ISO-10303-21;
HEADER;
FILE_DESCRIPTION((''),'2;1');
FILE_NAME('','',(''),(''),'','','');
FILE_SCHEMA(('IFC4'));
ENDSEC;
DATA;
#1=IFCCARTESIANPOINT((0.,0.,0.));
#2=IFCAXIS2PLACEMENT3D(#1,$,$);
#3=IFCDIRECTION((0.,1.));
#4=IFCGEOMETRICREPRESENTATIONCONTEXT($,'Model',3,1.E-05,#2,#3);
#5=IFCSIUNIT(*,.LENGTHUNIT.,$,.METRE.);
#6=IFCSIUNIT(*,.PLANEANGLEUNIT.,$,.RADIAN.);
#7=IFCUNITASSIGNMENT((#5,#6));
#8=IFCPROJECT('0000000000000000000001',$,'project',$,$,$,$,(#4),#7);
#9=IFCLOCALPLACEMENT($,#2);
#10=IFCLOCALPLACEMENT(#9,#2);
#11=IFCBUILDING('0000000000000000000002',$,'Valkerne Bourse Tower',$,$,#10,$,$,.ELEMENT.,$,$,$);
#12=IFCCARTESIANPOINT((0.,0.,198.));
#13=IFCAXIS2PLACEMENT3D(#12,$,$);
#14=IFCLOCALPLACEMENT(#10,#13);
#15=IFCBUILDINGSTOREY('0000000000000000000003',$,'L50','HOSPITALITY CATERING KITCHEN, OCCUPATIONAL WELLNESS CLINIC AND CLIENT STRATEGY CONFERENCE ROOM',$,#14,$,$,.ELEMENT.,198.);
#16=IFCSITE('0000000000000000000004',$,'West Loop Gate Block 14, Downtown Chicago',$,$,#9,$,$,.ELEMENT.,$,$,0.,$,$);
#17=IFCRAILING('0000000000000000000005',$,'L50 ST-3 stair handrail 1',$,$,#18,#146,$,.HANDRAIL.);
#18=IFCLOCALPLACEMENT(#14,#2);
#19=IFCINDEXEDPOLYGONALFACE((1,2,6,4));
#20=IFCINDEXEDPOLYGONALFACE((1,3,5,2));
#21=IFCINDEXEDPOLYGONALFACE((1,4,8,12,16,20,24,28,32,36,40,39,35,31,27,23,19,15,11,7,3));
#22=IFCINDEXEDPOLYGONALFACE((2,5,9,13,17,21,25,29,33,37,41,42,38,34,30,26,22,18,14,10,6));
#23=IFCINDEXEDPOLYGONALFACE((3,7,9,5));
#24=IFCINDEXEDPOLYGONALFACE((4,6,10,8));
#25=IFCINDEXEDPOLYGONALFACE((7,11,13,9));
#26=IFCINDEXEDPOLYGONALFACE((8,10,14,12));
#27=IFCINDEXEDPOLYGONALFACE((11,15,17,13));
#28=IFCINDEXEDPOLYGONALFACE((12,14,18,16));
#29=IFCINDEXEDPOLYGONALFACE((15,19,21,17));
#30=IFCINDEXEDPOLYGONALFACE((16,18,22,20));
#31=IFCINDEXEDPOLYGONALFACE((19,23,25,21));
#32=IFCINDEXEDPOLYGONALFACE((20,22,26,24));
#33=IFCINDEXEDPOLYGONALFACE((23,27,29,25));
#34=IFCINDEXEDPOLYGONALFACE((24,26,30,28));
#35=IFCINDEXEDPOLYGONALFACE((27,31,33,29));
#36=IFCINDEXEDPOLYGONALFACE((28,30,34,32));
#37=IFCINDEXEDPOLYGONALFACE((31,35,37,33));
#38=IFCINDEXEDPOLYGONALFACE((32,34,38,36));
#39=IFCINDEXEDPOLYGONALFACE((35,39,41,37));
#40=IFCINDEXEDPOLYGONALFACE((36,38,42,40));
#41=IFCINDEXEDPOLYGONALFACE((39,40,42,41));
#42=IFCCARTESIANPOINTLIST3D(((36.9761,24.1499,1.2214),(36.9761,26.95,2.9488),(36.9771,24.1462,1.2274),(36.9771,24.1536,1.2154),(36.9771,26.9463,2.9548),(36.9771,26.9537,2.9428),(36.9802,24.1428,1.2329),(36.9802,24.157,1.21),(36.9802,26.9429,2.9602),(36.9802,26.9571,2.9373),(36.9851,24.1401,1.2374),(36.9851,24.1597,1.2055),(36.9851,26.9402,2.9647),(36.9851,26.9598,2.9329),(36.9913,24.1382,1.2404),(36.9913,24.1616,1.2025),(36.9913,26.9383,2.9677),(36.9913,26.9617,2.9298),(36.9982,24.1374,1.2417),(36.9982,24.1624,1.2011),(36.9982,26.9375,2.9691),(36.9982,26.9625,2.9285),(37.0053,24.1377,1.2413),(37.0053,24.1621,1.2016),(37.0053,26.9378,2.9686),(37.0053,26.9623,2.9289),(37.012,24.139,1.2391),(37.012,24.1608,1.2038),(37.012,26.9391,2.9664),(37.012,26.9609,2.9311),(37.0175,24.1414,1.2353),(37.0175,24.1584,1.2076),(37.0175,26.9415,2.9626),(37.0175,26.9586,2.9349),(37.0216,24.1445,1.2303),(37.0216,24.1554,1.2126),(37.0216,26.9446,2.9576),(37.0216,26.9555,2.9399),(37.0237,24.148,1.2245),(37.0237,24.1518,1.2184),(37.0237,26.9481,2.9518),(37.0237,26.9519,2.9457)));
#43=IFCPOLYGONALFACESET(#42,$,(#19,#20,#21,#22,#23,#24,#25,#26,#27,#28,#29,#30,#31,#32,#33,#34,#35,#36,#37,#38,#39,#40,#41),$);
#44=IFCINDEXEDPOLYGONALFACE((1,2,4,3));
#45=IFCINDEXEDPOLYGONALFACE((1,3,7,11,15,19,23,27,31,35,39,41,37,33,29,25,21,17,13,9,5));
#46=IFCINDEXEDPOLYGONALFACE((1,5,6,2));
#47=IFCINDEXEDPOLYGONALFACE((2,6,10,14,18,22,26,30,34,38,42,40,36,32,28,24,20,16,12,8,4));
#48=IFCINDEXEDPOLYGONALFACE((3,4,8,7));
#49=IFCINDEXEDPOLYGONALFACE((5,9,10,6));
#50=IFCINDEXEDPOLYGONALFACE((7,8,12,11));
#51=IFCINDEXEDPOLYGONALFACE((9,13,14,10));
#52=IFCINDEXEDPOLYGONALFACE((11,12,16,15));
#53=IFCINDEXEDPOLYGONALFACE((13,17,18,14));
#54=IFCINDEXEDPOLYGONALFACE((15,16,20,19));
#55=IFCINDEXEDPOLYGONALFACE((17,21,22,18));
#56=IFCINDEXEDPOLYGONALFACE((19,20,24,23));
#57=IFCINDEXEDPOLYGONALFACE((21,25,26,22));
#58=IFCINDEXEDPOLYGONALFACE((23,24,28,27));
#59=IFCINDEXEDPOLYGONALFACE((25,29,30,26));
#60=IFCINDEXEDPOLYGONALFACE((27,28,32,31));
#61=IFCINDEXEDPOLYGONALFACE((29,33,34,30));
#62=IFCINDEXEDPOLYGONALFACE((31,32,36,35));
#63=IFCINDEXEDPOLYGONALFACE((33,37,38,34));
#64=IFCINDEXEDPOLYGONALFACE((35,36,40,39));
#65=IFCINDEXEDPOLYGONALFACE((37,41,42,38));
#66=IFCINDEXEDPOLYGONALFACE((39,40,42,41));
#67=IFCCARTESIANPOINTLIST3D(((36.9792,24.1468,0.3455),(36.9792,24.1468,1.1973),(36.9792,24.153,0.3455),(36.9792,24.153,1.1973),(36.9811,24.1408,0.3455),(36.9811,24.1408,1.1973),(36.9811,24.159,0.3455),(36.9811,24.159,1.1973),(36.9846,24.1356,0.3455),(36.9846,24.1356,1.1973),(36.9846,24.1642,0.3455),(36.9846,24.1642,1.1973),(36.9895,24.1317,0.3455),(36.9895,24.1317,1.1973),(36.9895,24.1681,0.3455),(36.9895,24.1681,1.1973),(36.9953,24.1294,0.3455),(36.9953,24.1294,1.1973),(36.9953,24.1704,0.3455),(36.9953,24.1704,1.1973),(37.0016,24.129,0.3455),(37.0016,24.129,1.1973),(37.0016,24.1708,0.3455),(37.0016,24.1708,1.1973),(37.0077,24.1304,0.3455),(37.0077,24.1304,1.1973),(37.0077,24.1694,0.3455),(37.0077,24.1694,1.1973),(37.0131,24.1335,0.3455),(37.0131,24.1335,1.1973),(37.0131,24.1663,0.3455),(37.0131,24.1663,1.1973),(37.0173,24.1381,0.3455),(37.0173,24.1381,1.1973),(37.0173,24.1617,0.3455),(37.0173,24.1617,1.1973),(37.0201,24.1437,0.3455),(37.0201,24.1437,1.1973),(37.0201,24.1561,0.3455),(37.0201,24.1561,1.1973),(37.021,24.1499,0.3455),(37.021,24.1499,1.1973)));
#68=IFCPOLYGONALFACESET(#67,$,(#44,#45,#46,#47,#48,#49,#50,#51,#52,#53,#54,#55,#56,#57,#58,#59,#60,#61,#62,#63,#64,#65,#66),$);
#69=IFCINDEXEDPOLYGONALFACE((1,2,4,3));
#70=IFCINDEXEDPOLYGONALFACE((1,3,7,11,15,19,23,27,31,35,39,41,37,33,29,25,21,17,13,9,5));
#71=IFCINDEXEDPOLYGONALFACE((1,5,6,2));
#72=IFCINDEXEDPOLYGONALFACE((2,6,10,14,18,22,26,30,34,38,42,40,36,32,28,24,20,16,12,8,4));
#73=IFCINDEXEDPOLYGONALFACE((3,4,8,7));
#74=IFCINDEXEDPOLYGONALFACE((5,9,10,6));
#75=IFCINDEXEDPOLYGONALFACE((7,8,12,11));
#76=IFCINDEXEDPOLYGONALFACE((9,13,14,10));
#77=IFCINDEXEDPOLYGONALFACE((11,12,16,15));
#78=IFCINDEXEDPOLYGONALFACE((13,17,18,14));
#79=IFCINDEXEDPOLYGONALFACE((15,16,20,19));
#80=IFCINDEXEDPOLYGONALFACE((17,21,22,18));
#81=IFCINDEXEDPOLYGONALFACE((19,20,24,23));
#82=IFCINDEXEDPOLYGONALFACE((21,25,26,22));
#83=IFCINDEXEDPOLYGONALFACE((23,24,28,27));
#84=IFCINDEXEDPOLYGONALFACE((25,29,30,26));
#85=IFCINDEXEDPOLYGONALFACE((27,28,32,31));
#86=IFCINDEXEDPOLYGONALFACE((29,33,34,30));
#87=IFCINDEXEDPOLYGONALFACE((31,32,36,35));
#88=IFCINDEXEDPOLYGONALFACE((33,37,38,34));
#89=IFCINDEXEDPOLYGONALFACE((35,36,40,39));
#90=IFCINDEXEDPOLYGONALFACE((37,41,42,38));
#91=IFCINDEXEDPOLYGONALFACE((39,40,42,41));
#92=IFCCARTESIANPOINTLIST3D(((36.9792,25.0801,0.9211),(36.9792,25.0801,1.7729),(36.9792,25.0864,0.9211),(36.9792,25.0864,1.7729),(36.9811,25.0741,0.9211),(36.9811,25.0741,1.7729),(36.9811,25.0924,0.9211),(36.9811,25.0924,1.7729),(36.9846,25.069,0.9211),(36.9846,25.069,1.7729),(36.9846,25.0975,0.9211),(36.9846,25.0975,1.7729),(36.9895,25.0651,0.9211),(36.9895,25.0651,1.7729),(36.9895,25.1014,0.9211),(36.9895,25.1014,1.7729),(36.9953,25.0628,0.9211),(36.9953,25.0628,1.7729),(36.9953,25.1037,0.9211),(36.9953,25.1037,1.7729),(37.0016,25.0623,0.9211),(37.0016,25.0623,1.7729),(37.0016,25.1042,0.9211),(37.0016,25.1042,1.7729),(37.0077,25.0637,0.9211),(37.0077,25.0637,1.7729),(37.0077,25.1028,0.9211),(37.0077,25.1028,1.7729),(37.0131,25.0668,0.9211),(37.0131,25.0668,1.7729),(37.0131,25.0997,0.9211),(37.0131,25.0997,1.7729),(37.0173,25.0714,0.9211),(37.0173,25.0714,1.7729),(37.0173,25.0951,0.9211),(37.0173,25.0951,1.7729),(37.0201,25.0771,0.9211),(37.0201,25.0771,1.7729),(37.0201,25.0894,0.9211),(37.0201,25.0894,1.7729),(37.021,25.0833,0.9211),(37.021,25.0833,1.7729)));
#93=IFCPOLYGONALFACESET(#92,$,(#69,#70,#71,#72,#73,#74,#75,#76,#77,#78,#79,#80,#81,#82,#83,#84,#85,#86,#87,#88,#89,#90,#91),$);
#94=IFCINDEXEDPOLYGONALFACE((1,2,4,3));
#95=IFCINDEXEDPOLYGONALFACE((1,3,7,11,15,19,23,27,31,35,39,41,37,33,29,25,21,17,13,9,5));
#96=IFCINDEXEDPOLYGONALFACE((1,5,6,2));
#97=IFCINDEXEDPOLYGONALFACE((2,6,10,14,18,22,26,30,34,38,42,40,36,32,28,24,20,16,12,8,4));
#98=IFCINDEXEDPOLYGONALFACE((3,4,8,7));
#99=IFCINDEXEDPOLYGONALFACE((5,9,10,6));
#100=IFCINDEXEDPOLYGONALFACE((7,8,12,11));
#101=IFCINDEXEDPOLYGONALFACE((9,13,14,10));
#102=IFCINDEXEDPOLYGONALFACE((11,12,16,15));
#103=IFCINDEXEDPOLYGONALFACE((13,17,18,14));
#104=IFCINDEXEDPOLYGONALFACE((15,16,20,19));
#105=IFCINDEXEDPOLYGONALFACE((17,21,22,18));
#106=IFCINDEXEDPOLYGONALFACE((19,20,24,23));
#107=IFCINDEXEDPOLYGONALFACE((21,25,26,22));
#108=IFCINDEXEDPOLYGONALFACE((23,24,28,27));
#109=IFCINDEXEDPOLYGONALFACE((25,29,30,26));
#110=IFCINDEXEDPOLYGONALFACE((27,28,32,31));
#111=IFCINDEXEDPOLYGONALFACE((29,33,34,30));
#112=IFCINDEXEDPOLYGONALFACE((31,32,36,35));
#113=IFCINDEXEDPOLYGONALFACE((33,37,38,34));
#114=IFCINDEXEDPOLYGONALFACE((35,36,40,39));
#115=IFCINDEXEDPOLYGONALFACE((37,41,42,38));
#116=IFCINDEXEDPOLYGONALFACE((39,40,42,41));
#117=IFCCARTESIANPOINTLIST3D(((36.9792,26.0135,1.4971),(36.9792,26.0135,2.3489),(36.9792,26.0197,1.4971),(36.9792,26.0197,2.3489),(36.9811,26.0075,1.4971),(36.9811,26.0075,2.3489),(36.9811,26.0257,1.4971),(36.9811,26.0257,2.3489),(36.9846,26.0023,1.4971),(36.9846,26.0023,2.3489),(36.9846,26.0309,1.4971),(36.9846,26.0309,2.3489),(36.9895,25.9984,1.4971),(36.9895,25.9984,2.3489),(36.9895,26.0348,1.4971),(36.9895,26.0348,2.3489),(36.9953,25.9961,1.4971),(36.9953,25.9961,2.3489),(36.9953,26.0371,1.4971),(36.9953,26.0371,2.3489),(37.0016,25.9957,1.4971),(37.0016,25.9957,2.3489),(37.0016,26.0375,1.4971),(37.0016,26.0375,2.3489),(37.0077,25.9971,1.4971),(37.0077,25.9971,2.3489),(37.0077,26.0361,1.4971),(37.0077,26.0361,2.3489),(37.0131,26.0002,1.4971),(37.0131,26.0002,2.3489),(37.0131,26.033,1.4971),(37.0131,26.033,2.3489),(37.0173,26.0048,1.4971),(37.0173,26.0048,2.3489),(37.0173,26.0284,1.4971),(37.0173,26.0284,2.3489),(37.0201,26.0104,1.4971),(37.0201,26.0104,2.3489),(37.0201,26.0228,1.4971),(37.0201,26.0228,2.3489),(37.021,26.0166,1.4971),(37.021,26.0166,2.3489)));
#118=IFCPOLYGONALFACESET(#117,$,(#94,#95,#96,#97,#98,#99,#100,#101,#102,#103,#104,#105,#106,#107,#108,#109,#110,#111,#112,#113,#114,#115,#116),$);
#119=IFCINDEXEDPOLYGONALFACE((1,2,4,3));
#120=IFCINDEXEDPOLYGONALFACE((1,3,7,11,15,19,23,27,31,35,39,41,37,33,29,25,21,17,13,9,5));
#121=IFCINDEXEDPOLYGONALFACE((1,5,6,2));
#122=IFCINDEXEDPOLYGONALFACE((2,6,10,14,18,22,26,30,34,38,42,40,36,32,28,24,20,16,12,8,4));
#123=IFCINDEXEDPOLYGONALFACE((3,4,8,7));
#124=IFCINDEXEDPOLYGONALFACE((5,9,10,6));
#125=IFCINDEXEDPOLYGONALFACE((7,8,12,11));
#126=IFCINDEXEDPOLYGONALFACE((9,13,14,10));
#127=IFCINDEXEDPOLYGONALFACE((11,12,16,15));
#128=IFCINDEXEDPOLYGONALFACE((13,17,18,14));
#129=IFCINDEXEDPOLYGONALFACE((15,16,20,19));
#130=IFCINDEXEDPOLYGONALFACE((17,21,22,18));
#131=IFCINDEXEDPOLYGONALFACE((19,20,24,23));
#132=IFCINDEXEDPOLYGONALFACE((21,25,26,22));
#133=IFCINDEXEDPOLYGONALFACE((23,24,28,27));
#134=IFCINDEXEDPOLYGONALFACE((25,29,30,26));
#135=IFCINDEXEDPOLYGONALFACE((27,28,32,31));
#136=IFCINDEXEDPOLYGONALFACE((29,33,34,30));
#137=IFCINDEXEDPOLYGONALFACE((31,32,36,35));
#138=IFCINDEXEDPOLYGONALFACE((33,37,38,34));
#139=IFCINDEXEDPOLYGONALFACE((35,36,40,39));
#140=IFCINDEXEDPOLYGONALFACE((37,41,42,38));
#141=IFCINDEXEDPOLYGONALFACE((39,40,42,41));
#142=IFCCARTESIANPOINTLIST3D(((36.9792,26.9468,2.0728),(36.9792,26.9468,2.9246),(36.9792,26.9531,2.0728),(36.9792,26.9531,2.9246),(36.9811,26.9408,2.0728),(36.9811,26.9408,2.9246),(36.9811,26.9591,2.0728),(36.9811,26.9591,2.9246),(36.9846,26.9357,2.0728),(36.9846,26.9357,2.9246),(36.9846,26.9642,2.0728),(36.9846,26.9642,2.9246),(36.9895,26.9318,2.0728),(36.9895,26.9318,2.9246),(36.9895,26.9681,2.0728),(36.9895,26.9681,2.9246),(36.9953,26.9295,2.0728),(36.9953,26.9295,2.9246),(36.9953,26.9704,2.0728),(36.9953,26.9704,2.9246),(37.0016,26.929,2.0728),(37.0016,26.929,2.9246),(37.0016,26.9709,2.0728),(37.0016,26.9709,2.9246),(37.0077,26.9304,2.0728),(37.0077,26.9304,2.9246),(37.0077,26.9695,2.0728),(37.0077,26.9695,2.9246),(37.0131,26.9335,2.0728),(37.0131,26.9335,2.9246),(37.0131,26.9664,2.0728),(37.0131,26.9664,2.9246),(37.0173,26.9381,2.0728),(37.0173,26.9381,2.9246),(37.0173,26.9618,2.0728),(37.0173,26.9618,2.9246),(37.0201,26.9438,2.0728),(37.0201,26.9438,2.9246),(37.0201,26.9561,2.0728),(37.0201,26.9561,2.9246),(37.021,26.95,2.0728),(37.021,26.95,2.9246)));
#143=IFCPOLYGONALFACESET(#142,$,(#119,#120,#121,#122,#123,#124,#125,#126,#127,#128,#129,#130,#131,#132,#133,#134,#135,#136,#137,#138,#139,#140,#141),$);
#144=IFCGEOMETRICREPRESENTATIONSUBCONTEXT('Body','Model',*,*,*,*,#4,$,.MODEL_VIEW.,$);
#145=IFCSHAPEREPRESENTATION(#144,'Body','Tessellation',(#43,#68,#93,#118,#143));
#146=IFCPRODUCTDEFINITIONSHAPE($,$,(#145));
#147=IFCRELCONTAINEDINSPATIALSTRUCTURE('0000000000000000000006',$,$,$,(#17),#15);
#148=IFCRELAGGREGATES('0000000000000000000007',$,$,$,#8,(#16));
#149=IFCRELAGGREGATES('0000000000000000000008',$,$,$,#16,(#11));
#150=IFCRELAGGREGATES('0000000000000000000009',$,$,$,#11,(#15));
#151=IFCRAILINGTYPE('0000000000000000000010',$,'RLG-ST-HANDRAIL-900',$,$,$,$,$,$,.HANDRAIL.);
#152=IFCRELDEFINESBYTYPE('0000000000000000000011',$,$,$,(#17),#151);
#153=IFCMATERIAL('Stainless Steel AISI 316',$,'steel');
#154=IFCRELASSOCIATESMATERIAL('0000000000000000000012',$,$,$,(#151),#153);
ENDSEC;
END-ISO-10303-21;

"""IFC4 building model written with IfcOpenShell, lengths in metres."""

from ifc_helpers import new_model, si_unit, direction, frame, origin, origin_2d, place, context, subcontext, project, spatial, circle, extrude, material, type_object, element, save


model = new_model("IFC4")

# Units and contexts
model_context = context("Model", 3, precision=1e-05, world=origin(), true_north=direction((0.0, 1.0)))
body_context = subcontext(model_context, "Body", "Model", "MODEL_VIEW")
ifc_project = project(units=[si_unit("LENGTHUNIT", "METRE"), si_unit("PLANEANGLEUNIT", "RADIAN")], contexts=[model_context])

# Site, building, storey
site_placement = place(None, origin())
site = spatial("IfcSite", under=ifc_project, at=site_placement, Name="West Loop Gate Block 14, Downtown Chicago", CompositionType="ELEMENT", RefElevation=0.0)
building_placement = place(site_placement, origin())
building = spatial("IfcBuilding", under=site, at=building_placement, Name="Valkerne Bourse Tower", CompositionType="ELEMENT")
storey_placement = place(building_placement, frame((0.0, 0.0, 198.0)))
storey = spatial("IfcBuildingStorey", under=building, at=storey_placement, Name="L50", Description="HOSPITALITY CATERING KITCHEN, OCCUPATIONAL WELLNESS CLINIC AND CLIENT STRATEGY CONFERENCE ROOM", CompositionType="ELEMENT", Elevation=198.0)

# Railing
ifc_material_1 = material(Name="Stainless Steel AISI 316", Category="steel")
railing_type_1 = type_object("IfcRailingType", Name="RLG-ST-HANDRAIL-900", PredefinedType="HANDRAIL", material=ifc_material_1)
railing_1_placement = place(storey_placement, frame((37.0, 24.1499, 0.3455)))
element("IfcRailing", 1, at=railing_1_placement, inside=storey, type_object=railing_type_1, Name="L50 ST-3 stair handrail 1", PredefinedType="HANDRAIL", context=body_context, shape_type="SweptSolid", body=[
    extrude(circle(Radius=0.0239, at=origin_2d()), frame((0.0, 0.0, 0.876), z_axis=(0.0, 0.85109, 0.52502), x_axis=(-1.0, 0.0, 0.0)), (0.0, 0.0, 1.0), 3.29),
    extrude(circle(Radius=0.021, at=origin_2d()), origin(), (0.0, 0.0, 1.0), 0.8518),
    extrude(circle(Radius=0.021, at=origin_2d()), frame((0.0, 0.9333, 0.5757)), (0.0, 0.0, 1.0), 0.8518),
    extrude(circle(Radius=0.021, at=origin_2d()), frame((0.0, 1.8667, 1.1516)), (0.0, 0.0, 1.0), 0.8518),
    extrude(circle(Radius=0.021, at=origin_2d()), frame((0.0, 2.8, 1.7273)), (0.0, 0.0, 1.0), 0.8518),
])

save(model, "model.ifc")
